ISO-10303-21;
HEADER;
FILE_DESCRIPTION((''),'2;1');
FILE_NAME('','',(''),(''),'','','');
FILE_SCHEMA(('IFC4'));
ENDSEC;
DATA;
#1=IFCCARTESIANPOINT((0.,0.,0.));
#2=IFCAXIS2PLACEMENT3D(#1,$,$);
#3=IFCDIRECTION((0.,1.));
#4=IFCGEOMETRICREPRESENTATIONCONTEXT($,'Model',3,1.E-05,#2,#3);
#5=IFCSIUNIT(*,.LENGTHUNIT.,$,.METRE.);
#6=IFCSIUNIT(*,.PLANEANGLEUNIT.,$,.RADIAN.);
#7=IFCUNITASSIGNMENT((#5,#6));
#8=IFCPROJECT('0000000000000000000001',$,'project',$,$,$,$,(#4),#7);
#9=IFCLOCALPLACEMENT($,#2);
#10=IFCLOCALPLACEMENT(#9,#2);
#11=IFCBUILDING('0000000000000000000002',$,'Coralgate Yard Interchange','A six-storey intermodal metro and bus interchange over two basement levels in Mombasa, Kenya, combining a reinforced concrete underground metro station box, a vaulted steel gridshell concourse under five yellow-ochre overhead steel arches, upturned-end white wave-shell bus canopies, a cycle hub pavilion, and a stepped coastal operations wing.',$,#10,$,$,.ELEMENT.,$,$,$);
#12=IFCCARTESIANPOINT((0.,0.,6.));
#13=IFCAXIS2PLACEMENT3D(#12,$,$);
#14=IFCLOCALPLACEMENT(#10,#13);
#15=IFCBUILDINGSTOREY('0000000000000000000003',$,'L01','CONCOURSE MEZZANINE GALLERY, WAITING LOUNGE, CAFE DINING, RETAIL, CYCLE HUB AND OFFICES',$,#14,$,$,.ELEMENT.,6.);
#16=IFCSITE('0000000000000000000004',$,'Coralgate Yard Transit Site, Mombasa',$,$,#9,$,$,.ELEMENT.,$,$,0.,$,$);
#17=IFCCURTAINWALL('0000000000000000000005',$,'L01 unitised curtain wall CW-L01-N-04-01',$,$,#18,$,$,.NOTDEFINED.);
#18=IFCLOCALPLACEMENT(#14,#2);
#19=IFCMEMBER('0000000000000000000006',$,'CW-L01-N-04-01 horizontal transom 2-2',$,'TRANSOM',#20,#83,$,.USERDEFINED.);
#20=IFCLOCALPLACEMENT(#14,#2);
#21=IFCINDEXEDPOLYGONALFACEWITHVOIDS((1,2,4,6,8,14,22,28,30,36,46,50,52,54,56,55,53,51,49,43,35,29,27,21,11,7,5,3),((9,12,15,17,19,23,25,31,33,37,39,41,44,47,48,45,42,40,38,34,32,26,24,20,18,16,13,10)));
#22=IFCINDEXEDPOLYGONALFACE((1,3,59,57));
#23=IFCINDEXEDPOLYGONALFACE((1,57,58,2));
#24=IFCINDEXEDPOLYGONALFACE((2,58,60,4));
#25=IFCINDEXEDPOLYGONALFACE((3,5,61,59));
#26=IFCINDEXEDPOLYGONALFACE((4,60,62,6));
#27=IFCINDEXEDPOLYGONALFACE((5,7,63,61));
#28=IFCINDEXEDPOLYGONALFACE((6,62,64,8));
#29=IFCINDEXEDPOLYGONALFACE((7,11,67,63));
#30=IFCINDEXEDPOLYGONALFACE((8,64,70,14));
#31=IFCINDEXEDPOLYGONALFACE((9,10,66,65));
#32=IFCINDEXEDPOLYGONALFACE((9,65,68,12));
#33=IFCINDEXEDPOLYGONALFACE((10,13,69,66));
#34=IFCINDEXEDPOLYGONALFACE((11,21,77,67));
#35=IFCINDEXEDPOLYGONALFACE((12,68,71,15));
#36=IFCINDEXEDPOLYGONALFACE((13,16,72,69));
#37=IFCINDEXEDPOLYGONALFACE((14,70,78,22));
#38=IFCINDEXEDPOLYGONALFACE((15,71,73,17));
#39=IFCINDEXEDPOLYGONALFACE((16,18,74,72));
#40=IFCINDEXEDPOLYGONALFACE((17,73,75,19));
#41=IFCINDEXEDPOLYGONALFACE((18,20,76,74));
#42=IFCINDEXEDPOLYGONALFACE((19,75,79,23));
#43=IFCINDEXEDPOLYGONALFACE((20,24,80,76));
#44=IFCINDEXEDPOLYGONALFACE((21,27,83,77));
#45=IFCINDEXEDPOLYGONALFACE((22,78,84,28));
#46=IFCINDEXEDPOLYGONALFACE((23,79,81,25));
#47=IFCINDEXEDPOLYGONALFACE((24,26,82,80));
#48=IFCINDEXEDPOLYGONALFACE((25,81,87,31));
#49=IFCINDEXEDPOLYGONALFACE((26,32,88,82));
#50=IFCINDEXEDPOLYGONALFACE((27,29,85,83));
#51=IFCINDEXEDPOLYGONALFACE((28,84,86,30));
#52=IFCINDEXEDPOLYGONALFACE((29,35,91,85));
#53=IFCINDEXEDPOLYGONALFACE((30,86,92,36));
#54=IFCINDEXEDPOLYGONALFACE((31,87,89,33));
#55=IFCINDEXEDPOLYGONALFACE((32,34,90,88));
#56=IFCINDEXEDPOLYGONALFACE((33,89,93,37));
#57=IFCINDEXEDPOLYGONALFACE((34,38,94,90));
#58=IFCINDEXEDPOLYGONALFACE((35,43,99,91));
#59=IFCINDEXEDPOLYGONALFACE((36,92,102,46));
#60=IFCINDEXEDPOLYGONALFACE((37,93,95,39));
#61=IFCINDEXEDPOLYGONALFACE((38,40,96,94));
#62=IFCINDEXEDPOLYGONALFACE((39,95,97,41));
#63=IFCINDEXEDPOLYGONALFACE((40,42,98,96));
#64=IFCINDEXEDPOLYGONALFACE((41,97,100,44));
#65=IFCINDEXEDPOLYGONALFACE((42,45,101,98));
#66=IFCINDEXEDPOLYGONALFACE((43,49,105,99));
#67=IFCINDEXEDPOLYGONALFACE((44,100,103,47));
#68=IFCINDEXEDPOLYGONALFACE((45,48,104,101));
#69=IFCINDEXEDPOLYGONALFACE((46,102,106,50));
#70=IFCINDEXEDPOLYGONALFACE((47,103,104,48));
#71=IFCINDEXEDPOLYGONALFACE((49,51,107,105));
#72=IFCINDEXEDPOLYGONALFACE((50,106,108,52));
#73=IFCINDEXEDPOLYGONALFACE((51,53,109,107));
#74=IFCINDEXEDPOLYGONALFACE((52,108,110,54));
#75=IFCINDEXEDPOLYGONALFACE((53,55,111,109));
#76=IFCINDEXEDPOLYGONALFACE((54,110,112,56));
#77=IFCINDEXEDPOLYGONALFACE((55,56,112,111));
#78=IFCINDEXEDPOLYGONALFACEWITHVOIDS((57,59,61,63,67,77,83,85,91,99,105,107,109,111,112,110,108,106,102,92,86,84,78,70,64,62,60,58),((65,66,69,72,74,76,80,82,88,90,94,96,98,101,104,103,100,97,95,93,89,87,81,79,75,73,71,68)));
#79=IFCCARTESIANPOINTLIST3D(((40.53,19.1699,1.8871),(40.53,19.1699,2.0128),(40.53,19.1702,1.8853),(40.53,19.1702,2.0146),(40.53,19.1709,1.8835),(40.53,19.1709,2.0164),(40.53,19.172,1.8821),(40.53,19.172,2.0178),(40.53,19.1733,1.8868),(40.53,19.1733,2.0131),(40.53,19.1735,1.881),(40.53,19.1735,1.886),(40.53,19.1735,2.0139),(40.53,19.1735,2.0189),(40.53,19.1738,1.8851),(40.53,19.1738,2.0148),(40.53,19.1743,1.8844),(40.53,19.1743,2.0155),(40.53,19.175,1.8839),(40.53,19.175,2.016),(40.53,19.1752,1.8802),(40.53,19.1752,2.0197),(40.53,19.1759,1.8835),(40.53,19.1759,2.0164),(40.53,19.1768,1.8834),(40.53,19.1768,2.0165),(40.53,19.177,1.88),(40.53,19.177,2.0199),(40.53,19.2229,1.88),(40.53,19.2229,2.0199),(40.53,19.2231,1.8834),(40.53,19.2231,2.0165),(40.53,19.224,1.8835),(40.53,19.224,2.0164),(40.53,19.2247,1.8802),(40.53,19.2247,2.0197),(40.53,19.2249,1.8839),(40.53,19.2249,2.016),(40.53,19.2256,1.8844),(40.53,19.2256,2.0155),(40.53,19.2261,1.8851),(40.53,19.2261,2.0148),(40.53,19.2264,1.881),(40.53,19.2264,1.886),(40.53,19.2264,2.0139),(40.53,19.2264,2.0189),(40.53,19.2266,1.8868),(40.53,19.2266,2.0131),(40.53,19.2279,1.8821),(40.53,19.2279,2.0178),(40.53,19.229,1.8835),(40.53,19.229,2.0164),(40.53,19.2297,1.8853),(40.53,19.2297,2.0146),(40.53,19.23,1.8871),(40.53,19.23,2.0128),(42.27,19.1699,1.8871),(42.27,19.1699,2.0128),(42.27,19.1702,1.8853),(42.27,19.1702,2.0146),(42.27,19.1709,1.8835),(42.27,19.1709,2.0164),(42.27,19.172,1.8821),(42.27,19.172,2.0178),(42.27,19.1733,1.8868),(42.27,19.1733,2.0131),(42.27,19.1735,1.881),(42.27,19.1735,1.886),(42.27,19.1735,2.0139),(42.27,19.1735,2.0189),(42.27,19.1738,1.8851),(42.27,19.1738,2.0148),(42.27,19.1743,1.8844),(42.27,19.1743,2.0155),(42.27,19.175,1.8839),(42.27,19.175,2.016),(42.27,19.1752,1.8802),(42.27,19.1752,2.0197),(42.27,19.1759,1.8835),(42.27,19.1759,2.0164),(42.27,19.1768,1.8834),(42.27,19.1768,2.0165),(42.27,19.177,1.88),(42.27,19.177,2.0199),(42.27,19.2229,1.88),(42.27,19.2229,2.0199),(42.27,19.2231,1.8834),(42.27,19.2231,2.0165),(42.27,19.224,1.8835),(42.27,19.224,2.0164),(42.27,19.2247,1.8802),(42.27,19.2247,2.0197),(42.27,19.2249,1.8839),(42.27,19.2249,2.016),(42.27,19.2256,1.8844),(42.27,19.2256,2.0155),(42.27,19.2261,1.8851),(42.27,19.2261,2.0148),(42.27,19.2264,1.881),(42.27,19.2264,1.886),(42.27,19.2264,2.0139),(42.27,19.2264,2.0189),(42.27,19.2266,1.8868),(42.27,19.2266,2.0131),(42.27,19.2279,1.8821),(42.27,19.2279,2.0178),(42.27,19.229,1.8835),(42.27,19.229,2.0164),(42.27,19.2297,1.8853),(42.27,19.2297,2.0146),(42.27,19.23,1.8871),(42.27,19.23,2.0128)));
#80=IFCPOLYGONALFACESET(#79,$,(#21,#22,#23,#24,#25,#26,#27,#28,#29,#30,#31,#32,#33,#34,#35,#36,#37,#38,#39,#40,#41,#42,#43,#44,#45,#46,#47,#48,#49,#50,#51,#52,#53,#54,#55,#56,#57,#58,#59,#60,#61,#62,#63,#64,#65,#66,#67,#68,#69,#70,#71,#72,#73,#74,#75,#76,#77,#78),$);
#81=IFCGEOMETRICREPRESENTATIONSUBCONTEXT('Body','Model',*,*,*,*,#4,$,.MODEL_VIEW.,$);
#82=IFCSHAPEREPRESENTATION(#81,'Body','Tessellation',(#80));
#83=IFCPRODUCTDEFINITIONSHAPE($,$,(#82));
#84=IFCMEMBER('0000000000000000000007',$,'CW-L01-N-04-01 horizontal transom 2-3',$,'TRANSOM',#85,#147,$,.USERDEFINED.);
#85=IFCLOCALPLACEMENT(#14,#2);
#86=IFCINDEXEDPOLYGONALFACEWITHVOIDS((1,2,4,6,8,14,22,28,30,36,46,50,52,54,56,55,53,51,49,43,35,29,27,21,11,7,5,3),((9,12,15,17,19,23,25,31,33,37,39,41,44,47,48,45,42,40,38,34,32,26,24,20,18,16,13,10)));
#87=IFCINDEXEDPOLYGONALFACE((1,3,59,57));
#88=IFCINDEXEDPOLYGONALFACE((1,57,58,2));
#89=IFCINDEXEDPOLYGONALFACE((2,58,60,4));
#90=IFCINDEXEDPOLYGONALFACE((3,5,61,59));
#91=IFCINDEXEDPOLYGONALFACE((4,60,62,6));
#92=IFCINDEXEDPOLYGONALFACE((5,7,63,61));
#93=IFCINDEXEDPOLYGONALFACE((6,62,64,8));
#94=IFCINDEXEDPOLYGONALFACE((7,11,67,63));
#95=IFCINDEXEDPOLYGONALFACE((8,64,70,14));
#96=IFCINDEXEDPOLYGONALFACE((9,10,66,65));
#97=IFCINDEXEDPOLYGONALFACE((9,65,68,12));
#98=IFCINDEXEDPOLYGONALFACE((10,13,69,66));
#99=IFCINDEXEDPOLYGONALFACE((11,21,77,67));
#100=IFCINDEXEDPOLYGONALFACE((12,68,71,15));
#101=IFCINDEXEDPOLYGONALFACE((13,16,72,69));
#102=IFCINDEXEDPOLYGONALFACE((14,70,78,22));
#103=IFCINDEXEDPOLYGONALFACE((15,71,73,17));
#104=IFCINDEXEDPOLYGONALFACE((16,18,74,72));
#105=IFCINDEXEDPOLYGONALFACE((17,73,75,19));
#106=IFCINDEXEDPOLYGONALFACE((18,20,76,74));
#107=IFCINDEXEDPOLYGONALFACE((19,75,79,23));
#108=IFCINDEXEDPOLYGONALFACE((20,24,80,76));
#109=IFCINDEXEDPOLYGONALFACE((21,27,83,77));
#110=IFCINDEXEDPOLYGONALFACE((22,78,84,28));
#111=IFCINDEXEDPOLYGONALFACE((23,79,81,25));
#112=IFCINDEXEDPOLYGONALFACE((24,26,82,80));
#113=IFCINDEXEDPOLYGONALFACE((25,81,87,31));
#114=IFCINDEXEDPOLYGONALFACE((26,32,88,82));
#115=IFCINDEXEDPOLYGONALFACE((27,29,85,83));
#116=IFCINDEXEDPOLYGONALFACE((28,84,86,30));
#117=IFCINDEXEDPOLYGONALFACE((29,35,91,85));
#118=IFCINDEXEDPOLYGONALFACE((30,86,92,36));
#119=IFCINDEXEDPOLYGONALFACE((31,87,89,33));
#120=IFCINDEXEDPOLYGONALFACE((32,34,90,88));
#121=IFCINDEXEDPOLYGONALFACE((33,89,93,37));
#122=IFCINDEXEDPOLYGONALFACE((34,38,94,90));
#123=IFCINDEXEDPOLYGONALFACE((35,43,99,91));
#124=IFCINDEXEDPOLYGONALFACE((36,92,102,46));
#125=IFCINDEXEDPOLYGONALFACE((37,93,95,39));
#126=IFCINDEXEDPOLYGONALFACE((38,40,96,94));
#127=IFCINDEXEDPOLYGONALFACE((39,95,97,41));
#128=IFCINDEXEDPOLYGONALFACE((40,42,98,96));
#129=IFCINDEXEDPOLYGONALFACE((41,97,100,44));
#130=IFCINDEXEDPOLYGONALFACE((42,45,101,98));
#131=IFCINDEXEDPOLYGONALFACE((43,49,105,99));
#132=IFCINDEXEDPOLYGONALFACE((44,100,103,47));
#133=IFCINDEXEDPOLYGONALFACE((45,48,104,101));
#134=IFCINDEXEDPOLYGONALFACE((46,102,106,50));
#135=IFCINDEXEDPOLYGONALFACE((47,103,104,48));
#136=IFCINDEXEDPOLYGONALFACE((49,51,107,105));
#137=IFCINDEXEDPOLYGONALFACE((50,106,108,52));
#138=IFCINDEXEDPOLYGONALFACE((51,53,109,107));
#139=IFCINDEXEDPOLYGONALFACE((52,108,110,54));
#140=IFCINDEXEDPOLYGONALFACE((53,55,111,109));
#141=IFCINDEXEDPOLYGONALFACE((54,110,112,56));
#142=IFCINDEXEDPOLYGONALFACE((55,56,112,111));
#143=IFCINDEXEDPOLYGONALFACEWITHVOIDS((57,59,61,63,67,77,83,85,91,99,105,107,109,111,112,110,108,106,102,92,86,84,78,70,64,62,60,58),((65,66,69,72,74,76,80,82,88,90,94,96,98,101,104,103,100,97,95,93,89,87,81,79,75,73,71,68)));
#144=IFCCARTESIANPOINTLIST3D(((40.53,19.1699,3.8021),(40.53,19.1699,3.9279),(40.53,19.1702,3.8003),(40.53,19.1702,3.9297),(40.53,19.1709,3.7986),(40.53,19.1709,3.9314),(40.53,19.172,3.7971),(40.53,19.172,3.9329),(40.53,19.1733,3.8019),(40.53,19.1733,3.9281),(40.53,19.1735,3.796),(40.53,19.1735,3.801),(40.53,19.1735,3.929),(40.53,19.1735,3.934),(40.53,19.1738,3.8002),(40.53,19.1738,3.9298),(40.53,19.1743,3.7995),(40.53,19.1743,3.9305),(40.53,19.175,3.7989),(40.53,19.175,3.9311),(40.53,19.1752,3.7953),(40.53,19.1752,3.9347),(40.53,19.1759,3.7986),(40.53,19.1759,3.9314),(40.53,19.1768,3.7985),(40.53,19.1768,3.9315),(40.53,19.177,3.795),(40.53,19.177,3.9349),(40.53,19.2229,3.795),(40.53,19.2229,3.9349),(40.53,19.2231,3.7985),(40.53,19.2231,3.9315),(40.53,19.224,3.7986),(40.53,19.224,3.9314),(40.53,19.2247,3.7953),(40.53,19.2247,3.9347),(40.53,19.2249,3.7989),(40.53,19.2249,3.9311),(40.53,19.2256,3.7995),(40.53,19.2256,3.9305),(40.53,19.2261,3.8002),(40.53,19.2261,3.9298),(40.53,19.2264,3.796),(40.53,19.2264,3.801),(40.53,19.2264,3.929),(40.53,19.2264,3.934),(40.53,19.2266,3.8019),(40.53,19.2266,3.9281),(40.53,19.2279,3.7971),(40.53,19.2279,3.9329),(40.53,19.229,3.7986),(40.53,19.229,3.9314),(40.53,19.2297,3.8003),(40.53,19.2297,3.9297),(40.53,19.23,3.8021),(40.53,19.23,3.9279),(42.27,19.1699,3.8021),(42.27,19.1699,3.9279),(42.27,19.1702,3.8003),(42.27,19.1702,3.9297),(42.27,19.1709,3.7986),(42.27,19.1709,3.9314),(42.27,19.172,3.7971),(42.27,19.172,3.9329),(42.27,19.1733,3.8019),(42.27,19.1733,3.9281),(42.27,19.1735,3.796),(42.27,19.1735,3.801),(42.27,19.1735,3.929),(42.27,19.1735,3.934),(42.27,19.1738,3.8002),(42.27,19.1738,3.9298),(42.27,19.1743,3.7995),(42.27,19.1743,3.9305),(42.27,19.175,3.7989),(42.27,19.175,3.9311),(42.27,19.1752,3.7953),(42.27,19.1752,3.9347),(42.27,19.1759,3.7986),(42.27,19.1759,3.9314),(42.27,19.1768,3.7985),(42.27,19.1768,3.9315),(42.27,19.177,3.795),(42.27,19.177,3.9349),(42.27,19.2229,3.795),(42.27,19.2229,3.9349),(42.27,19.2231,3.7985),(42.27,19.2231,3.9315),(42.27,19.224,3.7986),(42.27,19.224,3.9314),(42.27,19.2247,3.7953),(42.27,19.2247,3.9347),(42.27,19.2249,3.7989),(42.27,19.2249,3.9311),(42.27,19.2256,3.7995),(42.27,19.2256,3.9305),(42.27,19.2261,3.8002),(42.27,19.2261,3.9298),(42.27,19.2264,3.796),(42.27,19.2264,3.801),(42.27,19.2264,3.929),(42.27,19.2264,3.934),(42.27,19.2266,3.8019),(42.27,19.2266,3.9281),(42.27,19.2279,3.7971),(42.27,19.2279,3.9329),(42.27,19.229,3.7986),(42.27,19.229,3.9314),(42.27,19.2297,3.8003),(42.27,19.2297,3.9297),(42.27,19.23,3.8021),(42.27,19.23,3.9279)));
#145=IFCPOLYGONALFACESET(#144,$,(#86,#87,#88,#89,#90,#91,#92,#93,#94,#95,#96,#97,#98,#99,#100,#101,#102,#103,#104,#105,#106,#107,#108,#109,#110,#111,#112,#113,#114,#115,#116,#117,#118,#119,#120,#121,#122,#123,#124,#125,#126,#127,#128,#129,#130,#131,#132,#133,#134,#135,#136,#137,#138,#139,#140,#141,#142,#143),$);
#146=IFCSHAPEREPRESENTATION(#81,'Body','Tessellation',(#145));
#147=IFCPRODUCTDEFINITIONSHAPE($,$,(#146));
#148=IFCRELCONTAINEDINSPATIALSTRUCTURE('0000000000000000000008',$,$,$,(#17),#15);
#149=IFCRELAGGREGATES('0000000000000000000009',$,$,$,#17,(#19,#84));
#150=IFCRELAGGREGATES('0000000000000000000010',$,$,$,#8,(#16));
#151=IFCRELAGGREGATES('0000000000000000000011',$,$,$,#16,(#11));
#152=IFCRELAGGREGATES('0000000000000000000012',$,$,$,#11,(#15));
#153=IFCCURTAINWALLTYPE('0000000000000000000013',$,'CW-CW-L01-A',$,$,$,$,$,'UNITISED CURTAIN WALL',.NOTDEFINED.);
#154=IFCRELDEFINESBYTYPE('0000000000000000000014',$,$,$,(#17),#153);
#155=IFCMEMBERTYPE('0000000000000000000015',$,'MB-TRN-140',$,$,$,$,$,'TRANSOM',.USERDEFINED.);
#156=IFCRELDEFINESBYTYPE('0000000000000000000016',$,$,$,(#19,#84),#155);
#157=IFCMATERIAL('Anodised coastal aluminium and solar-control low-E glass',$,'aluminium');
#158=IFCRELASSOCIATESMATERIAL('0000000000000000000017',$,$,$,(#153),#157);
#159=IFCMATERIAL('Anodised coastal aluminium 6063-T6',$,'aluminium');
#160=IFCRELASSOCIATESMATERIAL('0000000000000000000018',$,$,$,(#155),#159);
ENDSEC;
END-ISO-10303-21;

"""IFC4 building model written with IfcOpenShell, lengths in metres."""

from ifc_helpers import new_model, si_unit, direction, frame, origin, origin_2d, place, context, subcontext, project, spatial, hollow_rectangle, extrude, material, material_profile, profile_set, type_object, element, aggregate, save


model = new_model("IFC4")

# Units and contexts
model_context = context("Model", 3, precision=1e-05, world=origin(), true_north=direction((0.0, 1.0)))
body_context = subcontext(model_context, "Body", "Model", "MODEL_VIEW")
ifc_project = project(units=[si_unit("LENGTHUNIT", "METRE"), si_unit("PLANEANGLEUNIT", "RADIAN")], contexts=[model_context])

# Site, building, storey
site_placement = place(None, origin())
site = spatial("IfcSite", under=ifc_project, at=site_placement, Name="Coralgate Yard Transit Site, Mombasa", CompositionType="ELEMENT", RefElevation=0.0)
building_placement = place(site_placement, origin())
building = spatial("IfcBuilding", under=site, at=building_placement, Name="Coralgate Yard Interchange", Description="A six-storey intermodal metro and bus interchange over two basement levels in Mombasa, Kenya, combining a reinforced concrete underground metro station box, a vaulted steel gridshell concourse under five yellow-ochre overhead steel arches, upturned-end white wave-shell bus canopies, a cycle hub pavilion, and a stepped coastal operations wing.", CompositionType="ELEMENT")
storey_placement = place(building_placement, frame((0.0, 0.0, 6.0)))
storey = spatial("IfcBuildingStorey", under=building, at=storey_placement, Name="L01", Description="CONCOURSE MEZZANINE GALLERY, WAITING LOUNGE, CAFE DINING, RETAIL, CYCLE HUB AND OFFICES", CompositionType="ELEMENT", Elevation=6.0)

# Curtain wall, members
ifc_material_1 = material(Name="Anodised coastal aluminium and solar-control low-E glass", Category="aluminium")
curtain_wall_type = type_object("IfcCurtainWallType", Name="CW-CW-L01-A", ElementType="UNITISED CURTAIN WALL", PredefinedType="NOTDEFINED", material=ifc_material_1)
curtain_wall_placement = place(storey_placement, origin())
curtain_wall = element("IfcCurtainWall", 1, at=curtain_wall_placement, inside=storey, type_object=curtain_wall_type, Name="L01 unitised curtain wall CW-L01-N-04-01", PredefinedType="NOTDEFINED")
ifc_material_2 = material(Name="Anodised coastal aluminium 6063-T6", Category="aluminium")
ifc_material_profile_1 = material_profile(ifc_material_2, hollow_rectangle(XDim=0.0601, YDim=0.1399, WallThickness=0.0034, InnerFilletRadius=0.0034, OuterFilletRadius=0.0071, at=origin_2d()), Name="ALU 60x140x3.5")
ifc_profile_set_1 = profile_set([ifc_material_profile_1], Name="Anodised coastal aluminium 6063-T6")
member_type_1 = type_object("IfcMemberType", Name="MB-TRN-140", ElementType="TRANSOM", PredefinedType="USERDEFINED", material=ifc_profile_set_1)
member_1_placement = place(storey_placement, frame((40.53, 19.2, 1.95), z_axis=(1.0, 0.0, 0.0), x_axis=(0.0, 1.0, 0.0)))
member_1 = element("IfcMember", 2, at=member_1_placement, type_object=member_type_1, Name="CW-L01-N-04-01 horizontal transom 2-2", ObjectType="TRANSOM", PredefinedType="USERDEFINED", context=body_context, shape_type="SweptSolid", body=[
    extrude(hollow_rectangle(XDim=0.0601, YDim=0.1399, WallThickness=0.0034, InnerFilletRadius=0.0034, OuterFilletRadius=0.0071, at=origin_2d()), origin(), (0.0, 0.0, 1.0), 1.74),
])
member_2_placement = place(storey_placement, frame((40.53, 19.2, 3.865), z_axis=(1.0, 0.0, 0.0), x_axis=(0.0, 1.0, 0.0)))
member_2 = element("IfcMember", 3, at=member_2_placement, type_object=member_type_1, Name="CW-L01-N-04-01 horizontal transom 2-3", ObjectType="TRANSOM", PredefinedType="USERDEFINED", context=body_context, shape_type="SweptSolid", body=[
    extrude(hollow_rectangle(XDim=0.0601, YDim=0.1399, WallThickness=0.0034, InnerFilletRadius=0.0034, OuterFilletRadius=0.0071, at=origin_2d()), origin(), (0.0, 0.0, 1.0), 1.74),
])
aggregate(curtain_wall, [member_1, member_2])

save(model, "model.ifc")
